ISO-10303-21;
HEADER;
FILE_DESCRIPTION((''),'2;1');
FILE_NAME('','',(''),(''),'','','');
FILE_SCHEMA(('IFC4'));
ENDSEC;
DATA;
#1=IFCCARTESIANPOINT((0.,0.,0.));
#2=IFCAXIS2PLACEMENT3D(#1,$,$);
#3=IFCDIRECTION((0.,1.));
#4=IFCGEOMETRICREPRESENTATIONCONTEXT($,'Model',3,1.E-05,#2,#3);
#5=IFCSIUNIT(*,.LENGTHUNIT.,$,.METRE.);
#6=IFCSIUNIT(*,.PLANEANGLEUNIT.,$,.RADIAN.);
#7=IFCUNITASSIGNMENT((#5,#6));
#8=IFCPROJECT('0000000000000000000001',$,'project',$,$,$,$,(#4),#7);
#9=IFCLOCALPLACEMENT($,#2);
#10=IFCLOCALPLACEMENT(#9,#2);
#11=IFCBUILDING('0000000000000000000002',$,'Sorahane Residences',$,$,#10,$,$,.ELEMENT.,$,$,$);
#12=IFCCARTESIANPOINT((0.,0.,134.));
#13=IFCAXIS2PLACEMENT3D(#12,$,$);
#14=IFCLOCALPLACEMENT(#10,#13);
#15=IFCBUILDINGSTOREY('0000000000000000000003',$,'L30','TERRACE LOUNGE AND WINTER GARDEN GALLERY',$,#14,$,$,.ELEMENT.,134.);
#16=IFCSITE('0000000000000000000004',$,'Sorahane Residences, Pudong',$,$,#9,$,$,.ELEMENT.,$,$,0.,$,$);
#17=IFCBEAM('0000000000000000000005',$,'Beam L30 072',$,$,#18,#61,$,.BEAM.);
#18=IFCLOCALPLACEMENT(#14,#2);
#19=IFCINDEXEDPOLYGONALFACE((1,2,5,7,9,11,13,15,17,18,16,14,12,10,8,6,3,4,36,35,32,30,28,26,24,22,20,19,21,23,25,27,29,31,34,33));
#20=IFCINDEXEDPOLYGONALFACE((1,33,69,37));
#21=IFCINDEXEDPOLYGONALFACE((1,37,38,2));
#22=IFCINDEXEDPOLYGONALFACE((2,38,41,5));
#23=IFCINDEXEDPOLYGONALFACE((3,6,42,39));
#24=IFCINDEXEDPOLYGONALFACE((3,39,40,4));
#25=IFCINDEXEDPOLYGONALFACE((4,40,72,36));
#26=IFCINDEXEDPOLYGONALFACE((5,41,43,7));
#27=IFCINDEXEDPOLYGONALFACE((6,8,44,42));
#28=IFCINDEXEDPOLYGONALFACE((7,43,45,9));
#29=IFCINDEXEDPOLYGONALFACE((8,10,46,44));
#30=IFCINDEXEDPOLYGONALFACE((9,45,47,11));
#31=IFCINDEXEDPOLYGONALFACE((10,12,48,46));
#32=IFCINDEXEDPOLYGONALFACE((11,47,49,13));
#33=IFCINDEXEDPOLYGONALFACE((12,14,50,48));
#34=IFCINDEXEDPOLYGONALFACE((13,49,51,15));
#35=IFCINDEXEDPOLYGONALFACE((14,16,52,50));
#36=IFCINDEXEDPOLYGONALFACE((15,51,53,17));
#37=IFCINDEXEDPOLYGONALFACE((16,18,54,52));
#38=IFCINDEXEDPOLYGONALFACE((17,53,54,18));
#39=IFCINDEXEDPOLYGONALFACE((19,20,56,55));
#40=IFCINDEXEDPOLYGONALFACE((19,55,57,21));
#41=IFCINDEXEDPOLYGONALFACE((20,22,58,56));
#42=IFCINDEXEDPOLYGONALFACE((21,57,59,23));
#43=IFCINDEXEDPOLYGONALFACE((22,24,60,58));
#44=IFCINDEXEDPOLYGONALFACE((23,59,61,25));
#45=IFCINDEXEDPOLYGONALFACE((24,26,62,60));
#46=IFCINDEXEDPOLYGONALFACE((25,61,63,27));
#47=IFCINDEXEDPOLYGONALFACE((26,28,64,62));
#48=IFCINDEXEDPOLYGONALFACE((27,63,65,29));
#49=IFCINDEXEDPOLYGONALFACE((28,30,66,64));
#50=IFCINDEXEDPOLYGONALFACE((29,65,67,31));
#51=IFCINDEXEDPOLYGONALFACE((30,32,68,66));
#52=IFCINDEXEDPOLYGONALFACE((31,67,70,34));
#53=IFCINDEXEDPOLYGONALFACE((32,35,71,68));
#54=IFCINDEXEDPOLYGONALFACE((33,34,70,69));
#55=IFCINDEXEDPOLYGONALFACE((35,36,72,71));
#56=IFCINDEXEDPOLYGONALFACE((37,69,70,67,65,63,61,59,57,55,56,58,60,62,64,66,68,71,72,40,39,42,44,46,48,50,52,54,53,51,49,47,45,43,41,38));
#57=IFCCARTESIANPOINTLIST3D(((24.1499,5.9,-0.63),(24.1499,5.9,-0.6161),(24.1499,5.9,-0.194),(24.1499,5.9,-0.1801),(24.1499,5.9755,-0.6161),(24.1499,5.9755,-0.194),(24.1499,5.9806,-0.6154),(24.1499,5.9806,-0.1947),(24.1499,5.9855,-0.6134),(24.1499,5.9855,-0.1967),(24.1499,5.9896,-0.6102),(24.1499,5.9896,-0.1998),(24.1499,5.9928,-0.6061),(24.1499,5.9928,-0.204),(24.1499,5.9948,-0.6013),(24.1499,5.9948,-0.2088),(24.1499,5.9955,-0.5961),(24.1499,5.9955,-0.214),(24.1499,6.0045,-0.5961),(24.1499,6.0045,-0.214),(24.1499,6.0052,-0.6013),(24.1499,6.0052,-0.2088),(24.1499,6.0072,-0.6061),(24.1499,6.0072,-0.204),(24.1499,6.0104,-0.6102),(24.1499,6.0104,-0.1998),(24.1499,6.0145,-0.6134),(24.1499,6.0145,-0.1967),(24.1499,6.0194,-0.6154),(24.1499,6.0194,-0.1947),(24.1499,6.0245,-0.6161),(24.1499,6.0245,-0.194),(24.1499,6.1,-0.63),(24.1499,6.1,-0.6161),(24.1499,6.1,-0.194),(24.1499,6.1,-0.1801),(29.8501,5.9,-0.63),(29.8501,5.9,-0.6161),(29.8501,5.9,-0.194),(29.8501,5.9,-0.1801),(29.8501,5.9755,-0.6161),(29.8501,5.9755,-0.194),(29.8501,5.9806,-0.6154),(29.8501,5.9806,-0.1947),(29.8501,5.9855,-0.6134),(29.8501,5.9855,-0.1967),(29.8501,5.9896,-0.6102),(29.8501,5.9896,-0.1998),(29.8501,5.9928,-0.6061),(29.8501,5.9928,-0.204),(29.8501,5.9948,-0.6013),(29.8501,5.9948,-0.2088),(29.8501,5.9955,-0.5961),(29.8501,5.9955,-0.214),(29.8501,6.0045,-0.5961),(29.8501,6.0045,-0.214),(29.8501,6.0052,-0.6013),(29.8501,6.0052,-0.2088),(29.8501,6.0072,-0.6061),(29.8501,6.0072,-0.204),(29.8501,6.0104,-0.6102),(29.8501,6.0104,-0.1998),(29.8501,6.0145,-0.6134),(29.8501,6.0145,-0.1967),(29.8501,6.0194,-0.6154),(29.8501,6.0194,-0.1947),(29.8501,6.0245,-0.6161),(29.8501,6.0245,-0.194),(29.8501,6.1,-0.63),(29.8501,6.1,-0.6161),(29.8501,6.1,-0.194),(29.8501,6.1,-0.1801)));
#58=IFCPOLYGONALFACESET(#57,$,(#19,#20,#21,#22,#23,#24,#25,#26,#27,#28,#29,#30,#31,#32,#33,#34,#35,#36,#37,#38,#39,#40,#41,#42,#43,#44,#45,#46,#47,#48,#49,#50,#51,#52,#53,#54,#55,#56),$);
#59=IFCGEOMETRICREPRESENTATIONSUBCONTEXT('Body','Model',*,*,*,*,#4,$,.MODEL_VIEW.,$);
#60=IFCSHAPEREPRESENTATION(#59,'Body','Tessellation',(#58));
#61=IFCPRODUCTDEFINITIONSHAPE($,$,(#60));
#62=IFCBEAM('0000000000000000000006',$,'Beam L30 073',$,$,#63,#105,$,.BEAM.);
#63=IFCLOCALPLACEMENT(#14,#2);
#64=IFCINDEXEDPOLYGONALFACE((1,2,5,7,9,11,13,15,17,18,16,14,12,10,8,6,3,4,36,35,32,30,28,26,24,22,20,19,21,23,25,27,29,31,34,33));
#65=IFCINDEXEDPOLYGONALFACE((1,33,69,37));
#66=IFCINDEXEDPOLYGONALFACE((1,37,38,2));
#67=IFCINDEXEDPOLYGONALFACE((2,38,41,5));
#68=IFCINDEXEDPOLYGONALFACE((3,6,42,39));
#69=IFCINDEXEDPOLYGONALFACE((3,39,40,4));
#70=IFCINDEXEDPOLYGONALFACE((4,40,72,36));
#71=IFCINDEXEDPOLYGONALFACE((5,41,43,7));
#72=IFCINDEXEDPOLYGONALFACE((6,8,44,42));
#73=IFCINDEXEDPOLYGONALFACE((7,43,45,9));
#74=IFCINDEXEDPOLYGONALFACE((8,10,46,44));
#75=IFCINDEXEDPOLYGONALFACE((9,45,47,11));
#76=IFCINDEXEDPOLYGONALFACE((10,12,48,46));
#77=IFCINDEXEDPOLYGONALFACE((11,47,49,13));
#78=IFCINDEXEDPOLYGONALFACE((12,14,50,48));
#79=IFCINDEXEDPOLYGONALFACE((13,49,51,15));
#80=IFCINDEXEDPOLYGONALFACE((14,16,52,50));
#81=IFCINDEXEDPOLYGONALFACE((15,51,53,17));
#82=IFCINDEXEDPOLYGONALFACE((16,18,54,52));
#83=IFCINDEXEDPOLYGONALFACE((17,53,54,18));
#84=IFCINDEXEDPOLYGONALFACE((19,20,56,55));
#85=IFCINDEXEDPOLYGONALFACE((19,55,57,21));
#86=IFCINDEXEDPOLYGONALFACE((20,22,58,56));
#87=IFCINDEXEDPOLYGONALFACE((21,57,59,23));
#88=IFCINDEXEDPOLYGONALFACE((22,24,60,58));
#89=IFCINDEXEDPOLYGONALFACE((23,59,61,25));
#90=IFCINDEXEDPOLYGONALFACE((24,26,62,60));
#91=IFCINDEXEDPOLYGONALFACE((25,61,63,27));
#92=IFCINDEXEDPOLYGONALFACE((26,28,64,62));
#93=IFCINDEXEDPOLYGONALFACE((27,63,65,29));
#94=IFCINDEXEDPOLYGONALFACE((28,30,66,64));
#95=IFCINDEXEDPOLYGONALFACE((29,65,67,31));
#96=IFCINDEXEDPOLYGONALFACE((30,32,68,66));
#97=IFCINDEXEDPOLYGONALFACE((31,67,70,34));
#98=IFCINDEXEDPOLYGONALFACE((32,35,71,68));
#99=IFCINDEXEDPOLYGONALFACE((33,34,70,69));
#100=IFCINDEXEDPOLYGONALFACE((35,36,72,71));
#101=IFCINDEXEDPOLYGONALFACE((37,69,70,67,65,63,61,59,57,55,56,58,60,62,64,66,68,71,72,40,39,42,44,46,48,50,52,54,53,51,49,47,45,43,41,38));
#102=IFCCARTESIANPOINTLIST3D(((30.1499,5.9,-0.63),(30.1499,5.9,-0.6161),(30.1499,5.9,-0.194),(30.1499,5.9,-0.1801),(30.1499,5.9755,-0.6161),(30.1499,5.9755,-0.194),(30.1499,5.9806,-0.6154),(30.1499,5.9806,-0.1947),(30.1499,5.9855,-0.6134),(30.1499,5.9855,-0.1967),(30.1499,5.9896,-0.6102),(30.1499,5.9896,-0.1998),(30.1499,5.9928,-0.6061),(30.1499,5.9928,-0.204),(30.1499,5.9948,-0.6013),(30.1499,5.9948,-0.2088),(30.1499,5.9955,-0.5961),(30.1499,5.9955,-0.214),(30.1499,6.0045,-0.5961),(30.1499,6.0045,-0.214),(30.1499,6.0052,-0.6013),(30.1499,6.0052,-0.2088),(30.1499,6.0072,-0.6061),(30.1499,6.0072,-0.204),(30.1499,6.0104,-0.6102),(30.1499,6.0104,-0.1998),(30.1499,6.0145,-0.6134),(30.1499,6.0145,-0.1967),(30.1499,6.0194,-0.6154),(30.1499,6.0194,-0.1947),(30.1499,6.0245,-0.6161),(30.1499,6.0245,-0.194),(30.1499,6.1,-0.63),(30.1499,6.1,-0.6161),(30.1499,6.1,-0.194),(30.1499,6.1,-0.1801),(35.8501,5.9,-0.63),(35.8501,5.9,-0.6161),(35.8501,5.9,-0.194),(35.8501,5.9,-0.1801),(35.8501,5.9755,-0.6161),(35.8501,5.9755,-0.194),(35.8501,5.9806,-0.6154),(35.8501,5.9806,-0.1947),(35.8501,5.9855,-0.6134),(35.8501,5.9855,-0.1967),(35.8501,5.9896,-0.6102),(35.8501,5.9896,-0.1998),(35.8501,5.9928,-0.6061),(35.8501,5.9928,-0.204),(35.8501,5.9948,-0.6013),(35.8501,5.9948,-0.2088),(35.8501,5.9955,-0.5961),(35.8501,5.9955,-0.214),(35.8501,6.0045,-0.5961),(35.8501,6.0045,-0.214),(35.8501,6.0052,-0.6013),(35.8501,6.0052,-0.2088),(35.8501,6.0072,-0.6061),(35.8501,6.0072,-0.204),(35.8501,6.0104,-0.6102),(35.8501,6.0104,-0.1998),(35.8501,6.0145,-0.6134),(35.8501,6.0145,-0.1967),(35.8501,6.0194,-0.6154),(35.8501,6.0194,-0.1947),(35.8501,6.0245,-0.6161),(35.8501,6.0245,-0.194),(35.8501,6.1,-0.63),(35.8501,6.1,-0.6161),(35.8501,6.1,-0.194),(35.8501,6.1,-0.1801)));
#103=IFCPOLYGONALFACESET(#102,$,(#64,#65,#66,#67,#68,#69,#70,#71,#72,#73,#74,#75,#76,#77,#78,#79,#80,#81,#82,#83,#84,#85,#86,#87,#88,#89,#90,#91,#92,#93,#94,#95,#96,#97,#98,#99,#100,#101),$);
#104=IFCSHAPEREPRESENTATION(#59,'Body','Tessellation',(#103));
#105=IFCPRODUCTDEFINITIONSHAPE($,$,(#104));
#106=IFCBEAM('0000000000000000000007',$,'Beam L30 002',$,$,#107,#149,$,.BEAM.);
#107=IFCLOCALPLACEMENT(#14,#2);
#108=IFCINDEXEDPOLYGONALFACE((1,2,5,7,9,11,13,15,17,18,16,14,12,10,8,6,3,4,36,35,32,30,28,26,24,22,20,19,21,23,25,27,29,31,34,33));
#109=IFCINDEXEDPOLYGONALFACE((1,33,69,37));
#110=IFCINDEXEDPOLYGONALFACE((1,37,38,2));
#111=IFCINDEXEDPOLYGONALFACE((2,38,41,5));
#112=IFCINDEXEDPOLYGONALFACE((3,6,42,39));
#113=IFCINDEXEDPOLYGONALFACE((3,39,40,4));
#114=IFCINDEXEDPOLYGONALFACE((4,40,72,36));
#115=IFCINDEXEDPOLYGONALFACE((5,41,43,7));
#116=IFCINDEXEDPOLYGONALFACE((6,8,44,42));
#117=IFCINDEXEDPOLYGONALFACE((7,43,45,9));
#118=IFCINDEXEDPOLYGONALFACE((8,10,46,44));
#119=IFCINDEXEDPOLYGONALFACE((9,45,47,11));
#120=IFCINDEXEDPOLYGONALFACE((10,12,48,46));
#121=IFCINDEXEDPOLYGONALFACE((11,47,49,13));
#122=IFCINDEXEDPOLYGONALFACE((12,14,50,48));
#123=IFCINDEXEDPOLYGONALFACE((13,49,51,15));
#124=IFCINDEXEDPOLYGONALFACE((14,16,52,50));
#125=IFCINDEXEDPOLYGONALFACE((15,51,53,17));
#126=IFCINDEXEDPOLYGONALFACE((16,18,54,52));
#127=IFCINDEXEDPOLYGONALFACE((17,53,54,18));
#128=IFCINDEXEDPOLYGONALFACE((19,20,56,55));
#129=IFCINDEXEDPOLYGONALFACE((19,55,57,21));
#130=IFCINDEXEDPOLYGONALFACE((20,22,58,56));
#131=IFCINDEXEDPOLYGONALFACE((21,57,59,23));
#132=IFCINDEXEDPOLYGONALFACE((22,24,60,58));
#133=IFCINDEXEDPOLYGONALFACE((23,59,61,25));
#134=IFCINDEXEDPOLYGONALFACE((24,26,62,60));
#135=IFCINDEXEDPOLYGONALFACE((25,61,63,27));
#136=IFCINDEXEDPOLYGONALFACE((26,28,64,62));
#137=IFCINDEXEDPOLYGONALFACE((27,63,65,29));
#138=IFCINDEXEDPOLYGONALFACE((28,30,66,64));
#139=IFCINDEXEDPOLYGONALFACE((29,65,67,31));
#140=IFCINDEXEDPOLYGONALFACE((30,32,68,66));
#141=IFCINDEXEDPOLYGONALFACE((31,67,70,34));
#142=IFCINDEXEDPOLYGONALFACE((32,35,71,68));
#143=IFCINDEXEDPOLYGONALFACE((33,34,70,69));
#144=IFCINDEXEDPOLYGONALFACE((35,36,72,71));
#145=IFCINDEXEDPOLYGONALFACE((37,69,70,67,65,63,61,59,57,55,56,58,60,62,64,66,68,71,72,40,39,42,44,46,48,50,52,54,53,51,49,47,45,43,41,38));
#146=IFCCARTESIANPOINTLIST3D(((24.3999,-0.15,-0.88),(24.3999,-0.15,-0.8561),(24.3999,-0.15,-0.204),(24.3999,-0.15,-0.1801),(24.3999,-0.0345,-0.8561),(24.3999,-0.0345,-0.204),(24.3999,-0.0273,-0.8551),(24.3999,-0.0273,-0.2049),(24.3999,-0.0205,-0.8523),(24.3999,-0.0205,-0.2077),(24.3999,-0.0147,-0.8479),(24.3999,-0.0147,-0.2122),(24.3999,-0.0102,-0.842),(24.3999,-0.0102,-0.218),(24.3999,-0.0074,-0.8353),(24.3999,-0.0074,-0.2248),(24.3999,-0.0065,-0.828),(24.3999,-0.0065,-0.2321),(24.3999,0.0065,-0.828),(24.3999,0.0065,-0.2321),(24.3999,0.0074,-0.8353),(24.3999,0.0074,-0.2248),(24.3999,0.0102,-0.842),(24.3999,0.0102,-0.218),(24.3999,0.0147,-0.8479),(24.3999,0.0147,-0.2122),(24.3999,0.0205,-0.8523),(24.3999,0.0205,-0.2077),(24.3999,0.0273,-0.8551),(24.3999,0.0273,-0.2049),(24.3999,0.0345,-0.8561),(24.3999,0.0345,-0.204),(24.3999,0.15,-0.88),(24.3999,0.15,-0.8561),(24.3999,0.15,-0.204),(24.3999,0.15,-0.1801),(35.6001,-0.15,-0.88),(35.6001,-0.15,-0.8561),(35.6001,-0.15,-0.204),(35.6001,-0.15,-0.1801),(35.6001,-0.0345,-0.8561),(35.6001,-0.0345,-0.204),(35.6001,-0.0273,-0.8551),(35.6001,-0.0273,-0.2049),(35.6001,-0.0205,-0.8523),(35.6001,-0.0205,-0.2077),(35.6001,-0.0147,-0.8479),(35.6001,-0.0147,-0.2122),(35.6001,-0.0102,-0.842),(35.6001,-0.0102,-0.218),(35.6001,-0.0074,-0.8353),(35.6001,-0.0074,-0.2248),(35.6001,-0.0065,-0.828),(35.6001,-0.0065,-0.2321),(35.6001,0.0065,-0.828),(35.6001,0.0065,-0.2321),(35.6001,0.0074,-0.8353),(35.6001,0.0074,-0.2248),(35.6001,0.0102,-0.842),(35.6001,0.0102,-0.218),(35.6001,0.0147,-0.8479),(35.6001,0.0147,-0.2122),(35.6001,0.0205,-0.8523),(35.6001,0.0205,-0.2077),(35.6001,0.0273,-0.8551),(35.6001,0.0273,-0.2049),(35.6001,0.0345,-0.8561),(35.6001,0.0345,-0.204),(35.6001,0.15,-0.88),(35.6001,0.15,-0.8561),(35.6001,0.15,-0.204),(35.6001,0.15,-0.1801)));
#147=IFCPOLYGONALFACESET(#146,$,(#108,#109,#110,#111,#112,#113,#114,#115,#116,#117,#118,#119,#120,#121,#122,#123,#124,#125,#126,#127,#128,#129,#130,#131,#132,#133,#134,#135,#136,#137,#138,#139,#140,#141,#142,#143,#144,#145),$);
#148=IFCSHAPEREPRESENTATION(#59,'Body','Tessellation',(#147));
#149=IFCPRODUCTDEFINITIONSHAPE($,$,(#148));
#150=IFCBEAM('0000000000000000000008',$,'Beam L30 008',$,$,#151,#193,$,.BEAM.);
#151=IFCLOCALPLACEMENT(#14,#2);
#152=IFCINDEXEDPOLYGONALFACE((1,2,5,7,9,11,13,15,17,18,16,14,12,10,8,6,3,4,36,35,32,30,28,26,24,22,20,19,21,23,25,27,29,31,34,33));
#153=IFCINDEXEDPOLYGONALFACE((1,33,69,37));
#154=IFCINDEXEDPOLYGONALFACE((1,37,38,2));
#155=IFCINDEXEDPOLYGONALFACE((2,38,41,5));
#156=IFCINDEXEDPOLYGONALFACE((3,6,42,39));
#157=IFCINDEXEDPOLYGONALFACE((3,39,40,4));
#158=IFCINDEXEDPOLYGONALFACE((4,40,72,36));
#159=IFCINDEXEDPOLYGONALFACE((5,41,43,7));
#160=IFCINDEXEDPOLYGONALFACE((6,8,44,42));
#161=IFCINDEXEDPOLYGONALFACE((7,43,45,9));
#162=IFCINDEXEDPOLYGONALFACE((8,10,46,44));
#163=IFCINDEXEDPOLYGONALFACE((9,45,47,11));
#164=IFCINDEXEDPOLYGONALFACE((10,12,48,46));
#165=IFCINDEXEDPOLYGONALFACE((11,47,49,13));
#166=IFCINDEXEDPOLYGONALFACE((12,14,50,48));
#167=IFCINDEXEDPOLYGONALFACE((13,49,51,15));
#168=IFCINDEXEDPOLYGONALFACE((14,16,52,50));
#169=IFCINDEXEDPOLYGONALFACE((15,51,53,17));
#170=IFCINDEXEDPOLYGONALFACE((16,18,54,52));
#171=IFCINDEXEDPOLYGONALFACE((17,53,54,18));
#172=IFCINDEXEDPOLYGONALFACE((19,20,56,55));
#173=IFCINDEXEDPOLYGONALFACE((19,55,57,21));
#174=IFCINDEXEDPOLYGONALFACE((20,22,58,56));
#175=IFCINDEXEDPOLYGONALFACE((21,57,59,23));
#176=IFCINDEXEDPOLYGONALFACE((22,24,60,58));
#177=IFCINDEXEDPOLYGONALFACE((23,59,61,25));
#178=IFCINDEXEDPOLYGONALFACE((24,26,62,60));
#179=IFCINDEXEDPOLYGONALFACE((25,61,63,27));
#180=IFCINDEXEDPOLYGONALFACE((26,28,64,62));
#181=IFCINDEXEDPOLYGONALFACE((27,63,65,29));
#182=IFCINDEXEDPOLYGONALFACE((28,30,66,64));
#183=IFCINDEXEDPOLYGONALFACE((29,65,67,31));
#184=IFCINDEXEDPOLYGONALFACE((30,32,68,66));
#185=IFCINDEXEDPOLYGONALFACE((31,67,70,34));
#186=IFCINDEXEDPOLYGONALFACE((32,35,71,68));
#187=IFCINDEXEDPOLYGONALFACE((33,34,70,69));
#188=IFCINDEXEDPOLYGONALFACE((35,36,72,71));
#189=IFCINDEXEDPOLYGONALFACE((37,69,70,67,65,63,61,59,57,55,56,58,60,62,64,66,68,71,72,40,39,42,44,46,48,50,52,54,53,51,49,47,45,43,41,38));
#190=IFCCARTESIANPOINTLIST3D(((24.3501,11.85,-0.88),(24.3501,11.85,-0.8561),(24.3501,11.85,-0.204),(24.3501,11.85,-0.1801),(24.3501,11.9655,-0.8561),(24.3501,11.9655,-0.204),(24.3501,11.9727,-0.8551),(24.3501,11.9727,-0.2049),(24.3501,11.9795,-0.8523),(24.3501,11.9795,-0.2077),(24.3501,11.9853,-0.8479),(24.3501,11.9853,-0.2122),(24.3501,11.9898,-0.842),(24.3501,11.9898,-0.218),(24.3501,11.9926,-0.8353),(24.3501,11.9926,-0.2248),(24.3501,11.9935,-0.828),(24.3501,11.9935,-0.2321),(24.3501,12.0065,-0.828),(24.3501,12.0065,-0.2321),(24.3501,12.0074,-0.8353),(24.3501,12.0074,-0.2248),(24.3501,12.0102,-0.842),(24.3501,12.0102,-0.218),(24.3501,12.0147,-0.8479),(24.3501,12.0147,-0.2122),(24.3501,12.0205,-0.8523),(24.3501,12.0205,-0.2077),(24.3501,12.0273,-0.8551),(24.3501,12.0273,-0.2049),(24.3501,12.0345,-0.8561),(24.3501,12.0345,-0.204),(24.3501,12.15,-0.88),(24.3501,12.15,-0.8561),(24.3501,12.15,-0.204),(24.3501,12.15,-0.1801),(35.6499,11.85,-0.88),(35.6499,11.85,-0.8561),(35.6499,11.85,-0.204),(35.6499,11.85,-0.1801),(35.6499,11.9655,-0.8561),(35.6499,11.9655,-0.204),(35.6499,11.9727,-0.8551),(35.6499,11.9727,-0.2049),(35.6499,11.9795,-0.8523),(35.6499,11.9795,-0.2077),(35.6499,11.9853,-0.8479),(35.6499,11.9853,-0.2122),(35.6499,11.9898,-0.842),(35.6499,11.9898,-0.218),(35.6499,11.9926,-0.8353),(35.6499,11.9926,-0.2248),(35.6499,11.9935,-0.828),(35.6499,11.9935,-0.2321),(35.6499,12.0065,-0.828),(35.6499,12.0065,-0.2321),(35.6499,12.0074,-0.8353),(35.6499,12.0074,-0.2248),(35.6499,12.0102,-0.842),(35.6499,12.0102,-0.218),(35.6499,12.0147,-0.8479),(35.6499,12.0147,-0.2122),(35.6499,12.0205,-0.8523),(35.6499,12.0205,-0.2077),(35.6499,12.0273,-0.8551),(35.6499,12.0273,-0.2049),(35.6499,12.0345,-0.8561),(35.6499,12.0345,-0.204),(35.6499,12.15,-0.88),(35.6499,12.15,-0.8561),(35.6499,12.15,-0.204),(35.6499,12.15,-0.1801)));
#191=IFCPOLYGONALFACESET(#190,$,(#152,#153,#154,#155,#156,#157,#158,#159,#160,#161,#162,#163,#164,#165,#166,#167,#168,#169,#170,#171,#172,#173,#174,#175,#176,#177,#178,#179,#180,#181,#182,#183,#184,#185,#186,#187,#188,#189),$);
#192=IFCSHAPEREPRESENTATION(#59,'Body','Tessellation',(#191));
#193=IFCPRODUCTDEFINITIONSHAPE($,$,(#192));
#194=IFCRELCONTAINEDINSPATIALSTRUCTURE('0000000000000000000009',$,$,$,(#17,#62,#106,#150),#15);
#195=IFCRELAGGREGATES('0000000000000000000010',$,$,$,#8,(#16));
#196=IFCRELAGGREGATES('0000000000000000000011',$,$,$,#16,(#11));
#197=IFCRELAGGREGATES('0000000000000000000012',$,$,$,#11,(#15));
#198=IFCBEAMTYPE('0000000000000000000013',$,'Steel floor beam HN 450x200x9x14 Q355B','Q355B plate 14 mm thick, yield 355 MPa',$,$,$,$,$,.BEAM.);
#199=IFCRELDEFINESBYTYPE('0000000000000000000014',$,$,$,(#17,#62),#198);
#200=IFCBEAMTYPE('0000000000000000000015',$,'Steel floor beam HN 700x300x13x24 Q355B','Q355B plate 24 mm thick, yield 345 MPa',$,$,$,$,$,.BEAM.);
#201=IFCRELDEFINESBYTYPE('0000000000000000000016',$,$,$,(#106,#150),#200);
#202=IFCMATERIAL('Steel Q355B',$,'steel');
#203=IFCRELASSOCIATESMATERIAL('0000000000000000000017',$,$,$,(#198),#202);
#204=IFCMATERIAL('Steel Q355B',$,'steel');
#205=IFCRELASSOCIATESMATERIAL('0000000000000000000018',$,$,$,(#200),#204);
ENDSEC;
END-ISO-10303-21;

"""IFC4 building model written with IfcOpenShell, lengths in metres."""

from ifc_helpers import new_model, si_unit, direction, frame, origin, origin_2d, place, context, subcontext, project, spatial, i_section, extrude, material, material_profile, profile_set, type_object, element, save


model = new_model("IFC4")

# Units and contexts
model_context = context("Model", 3, precision=1e-05, world=origin(), true_north=direction((0.0, 1.0)))
body_context = subcontext(model_context, "Body", "Model", "MODEL_VIEW")
ifc_project = project(units=[si_unit("LENGTHUNIT", "METRE"), si_unit("PLANEANGLEUNIT", "RADIAN")], contexts=[model_context])

# Site, building, storey
site_placement = place(None, origin())
site = spatial("IfcSite", under=ifc_project, at=site_placement, Name="Sorahane Residences, Pudong", CompositionType="ELEMENT", RefElevation=0.0)
building_placement = place(site_placement, origin())
building = spatial("IfcBuilding", under=site, at=building_placement, Name="Sorahane Residences", CompositionType="ELEMENT")
storey_placement = place(building_placement, frame((0.0, 0.0, 134.0)))
storey = spatial("IfcBuildingStorey", under=building, at=storey_placement, Name="L30", Description="TERRACE LOUNGE AND WINTER GARDEN GALLERY", CompositionType="ELEMENT", Elevation=134.0)

# Beams
ifc_material_1 = material(Name="Steel Q355B", Category="steel")
ifc_material_profile_1 = material_profile(ifc_material_1, i_section(OverallWidth=0.2, OverallDepth=0.45, WebThickness=0.009, FlangeThickness=0.0139, FilletRadius=0.02, at=origin_2d()), Name="HN 450x200x9x14")
ifc_profile_set_1 = profile_set([ifc_material_profile_1], Name="Steel Q355B")
beam_type_1 = type_object("IfcBeamType", Name="Steel floor beam HN 450x200x9x14 Q355B", Description="Q355B plate 14 mm thick, yield 355 MPa", PredefinedType="BEAM", material=ifc_profile_set_1)
for number, where, z_axis, x_axis, name in (
    (1, (24.1499, 6.0, -0.405), (1.0, 0.0, 0.0), (0.0, 1.0, 0.0), "Beam L30 072"),
    (2, (30.1499, 6.0, -0.405), (1.0, 0.0, 0.0), (0.0, 1.0, 0.0), "Beam L30 073"),
):
    element("IfcBeam", number, at=place(storey_placement, frame(where, z_axis=z_axis, x_axis=x_axis)), inside=storey, type_object=beam_type_1, Name=name, PredefinedType="BEAM", context=body_context, shape_type="SweptSolid", body=[
        extrude(i_section(OverallWidth=0.2, OverallDepth=0.45, WebThickness=0.009, FlangeThickness=0.0139, FilletRadius=0.02, at=origin_2d()), origin(), (0.0, 0.0, 1.0), 5.7002),
    ])
ifc_material_2 = material(Name="Steel Q355B", Category="steel")
ifc_material_profile_2 = material_profile(ifc_material_2, i_section(OverallWidth=0.3, OverallDepth=0.7, WebThickness=0.0129, FlangeThickness=0.0239, FilletRadius=0.0281, at=origin_2d()), Name="HN 700x300x13x24")
ifc_profile_set_2 = profile_set([ifc_material_profile_2], Name="Steel Q355B")
beam_type_2 = type_object("IfcBeamType", Name="Steel floor beam HN 700x300x13x24 Q355B", Description="Q355B plate 24 mm thick, yield 345 MPa", PredefinedType="BEAM", material=ifc_profile_set_2)
beam_1_placement = place(storey_placement, frame((24.3999, 0.0, -0.53), z_axis=(1.0, 0.0, 0.0), x_axis=(0.0, 1.0, 0.0)))
element("IfcBeam", 3, at=beam_1_placement, inside=storey, type_object=beam_type_2, Name="Beam L30 002", PredefinedType="BEAM", context=body_context, shape_type="SweptSolid", body=[
    extrude(i_section(OverallWidth=0.3, OverallDepth=0.7, WebThickness=0.0129, FlangeThickness=0.0239, FilletRadius=0.0281, at=origin_2d()), origin(), (0.0, 0.0, 1.0), 11.2002),
])
for number, where, z_axis, x_axis, name in (
    (4, (24.3501, 12.0, -0.53), (1.0, 0.0, 0.0), (0.0, 1.0, 0.0), "Beam L30 008"),
):
    element("IfcBeam", number, at=place(storey_placement, frame(where, z_axis=z_axis, x_axis=x_axis)), inside=storey, type_object=beam_type_2, Name=name, PredefinedType="BEAM", context=body_context, shape_type="SweptSolid", body=[
        extrude(i_section(OverallWidth=0.3, OverallDepth=0.7, WebThickness=0.0129, FlangeThickness=0.0239, FilletRadius=0.0281, at=origin_2d()), origin(), (0.0, 0.0, 1.0), 11.2998),
    ])

save(model, "model.ifc")
